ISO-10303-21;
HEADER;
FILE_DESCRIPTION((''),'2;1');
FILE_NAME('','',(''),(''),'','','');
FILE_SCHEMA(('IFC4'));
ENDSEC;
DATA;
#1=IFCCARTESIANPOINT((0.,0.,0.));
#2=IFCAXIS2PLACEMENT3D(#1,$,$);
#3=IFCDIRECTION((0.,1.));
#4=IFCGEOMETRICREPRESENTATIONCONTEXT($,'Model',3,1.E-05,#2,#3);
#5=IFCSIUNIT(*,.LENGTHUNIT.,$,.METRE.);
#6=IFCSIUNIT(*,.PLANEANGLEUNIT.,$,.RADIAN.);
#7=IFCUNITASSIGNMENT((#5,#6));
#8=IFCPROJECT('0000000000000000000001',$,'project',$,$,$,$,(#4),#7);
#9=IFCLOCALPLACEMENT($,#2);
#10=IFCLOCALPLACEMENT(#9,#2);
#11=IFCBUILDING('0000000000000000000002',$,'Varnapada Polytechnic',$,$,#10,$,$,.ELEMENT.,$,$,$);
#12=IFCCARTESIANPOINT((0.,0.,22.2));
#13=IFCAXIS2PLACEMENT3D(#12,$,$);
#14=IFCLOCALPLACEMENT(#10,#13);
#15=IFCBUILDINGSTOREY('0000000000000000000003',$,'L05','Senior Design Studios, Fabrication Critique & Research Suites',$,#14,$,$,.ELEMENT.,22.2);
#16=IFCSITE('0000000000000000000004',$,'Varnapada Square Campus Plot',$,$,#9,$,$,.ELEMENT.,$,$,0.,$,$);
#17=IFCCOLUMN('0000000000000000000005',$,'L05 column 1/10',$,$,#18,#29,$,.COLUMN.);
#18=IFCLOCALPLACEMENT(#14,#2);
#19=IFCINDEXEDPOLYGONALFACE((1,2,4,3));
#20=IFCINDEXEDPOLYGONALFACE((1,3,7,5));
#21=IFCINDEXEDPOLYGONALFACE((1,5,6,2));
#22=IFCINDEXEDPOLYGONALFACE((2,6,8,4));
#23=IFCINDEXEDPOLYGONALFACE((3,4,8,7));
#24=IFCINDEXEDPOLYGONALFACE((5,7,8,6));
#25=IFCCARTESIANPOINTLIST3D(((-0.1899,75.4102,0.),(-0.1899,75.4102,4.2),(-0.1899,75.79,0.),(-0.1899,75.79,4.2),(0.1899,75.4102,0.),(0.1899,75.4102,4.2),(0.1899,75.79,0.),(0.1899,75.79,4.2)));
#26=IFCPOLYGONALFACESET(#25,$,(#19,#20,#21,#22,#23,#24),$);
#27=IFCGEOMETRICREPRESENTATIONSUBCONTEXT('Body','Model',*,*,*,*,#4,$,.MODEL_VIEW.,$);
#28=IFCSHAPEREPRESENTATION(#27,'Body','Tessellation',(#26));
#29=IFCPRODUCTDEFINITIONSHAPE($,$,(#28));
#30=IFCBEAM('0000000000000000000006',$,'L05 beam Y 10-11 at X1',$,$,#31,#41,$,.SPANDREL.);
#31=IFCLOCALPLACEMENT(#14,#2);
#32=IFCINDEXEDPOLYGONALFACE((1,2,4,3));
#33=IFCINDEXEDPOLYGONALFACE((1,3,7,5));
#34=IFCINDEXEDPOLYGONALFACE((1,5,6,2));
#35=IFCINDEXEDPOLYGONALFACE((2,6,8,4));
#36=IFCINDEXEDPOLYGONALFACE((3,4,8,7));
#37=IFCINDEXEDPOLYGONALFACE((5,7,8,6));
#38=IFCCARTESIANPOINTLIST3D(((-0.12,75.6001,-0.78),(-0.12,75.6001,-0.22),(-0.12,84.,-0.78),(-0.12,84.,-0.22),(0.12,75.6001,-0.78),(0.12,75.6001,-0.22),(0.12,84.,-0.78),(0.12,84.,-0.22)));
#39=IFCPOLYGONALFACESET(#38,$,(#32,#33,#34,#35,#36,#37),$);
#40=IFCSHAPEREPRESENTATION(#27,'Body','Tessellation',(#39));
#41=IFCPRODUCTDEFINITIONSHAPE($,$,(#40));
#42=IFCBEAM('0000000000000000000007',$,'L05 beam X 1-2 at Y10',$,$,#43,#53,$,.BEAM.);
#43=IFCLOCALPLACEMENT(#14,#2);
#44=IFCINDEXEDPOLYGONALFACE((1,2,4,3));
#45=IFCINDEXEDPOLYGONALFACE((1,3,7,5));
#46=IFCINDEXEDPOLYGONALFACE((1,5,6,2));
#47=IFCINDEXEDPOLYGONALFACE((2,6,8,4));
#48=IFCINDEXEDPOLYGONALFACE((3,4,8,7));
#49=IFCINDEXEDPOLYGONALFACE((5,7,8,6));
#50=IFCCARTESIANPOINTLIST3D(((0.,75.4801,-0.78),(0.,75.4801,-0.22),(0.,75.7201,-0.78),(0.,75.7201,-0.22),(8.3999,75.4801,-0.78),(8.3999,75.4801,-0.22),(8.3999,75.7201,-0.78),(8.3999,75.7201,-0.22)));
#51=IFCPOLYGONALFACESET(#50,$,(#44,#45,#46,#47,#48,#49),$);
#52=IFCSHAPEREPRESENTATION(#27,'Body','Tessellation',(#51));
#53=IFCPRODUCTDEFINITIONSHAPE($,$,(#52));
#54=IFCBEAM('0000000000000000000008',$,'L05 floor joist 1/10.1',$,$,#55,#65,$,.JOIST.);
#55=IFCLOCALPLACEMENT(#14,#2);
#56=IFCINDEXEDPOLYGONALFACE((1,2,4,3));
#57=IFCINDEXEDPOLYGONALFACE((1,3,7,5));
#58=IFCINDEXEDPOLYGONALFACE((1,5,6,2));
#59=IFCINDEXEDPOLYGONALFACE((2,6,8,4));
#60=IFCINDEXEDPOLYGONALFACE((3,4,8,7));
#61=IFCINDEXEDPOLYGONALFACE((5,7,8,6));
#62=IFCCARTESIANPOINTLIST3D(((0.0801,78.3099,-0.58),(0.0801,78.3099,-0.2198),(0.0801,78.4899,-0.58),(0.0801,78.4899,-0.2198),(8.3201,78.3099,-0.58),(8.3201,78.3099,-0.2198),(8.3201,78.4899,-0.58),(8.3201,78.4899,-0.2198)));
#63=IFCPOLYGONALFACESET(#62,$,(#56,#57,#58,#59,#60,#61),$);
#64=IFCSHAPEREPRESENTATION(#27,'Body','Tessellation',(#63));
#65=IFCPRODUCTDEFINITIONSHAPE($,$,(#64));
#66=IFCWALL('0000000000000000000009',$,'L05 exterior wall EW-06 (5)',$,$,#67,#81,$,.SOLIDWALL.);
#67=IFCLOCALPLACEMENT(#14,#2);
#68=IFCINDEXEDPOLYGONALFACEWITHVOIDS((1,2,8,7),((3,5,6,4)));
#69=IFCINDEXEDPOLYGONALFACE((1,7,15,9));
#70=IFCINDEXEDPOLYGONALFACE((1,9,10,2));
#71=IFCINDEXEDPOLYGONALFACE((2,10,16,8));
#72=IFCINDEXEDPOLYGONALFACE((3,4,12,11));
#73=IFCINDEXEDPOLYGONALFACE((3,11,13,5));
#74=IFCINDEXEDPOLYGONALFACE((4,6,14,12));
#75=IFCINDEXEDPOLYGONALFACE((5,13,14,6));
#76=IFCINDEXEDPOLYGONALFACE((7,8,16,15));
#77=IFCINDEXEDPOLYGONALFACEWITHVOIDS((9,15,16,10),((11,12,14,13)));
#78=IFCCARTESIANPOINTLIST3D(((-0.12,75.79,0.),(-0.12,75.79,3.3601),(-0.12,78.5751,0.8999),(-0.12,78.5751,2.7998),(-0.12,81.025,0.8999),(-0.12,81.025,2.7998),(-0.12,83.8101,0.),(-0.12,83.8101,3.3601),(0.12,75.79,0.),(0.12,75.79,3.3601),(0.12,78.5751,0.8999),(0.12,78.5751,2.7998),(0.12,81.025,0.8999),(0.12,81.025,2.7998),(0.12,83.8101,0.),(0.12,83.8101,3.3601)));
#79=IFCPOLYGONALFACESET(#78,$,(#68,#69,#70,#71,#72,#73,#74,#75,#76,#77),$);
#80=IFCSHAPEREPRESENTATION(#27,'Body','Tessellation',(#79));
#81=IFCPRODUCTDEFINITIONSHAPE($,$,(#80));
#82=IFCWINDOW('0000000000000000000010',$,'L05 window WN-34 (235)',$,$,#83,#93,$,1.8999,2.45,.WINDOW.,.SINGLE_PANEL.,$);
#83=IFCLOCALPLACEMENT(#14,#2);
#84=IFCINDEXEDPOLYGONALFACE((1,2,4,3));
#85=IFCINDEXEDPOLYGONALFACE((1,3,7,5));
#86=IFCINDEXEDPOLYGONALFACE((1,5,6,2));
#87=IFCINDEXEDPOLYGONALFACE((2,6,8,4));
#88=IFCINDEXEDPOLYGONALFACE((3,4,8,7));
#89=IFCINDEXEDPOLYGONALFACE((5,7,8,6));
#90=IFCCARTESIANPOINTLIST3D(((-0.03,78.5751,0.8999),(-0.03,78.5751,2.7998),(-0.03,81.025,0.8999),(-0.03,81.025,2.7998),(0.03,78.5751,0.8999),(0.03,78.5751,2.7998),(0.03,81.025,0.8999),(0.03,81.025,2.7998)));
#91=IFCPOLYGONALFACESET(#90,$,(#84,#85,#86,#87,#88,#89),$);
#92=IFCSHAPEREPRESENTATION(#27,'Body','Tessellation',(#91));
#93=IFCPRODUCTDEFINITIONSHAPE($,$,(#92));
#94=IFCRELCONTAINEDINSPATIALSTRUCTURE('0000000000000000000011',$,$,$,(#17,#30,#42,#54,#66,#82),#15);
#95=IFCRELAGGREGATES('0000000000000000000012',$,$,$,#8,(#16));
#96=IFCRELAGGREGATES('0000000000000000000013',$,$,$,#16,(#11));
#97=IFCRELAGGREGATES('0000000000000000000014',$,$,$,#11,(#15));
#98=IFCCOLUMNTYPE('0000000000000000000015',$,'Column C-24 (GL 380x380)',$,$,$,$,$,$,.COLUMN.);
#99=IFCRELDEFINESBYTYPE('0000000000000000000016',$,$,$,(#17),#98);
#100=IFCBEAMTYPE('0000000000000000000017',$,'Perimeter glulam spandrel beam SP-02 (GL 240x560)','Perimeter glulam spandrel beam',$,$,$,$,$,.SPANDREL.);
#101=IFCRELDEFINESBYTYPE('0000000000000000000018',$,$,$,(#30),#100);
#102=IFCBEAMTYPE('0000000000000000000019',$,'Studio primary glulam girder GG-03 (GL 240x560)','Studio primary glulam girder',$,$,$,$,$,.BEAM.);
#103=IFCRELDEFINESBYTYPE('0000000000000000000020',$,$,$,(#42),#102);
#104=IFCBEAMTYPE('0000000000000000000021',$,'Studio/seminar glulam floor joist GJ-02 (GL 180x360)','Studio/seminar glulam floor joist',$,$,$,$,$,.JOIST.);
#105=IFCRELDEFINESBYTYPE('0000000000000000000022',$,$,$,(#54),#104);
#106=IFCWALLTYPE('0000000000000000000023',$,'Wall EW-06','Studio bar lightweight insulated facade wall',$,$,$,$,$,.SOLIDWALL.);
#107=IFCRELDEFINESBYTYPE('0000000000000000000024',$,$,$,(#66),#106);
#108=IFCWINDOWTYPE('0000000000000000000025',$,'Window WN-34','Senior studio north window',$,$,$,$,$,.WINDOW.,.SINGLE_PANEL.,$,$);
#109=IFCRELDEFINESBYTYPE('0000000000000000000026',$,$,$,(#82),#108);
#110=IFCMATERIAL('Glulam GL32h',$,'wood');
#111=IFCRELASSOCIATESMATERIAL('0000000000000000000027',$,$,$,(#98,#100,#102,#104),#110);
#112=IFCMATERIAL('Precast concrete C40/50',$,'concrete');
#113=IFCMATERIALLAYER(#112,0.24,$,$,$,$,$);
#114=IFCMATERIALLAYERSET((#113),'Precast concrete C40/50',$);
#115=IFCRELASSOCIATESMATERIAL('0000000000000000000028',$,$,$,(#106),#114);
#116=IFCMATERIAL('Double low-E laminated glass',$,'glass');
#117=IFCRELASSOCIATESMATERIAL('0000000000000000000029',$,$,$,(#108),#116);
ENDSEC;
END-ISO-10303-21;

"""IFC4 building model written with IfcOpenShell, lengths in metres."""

from ifc_helpers import new_model, si_unit, direction, frame, frame_2d, origin, origin_2d, place, context, subcontext, project, spatial, rectangle, extrude, material, layer, layer_set, material_profile, profile_set, type_object, element, fill, save


model = new_model("IFC4")

# Units and contexts
model_context = context("Model", 3, precision=1e-05, world=origin(), true_north=direction((0.0, 1.0)))
body_context = subcontext(model_context, "Body", "Model", "MODEL_VIEW")
ifc_project = project(units=[si_unit("LENGTHUNIT", "METRE"), si_unit("PLANEANGLEUNIT", "RADIAN")], contexts=[model_context])

# Site, building, storey
site_placement = place(None, origin())
site = spatial("IfcSite", under=ifc_project, at=site_placement, Name="Varnapada Square Campus Plot", CompositionType="ELEMENT", RefElevation=0.0)
building_placement = place(site_placement, origin())
building = spatial("IfcBuilding", under=site, at=building_placement, Name="Varnapada Polytechnic", CompositionType="ELEMENT")
storey_placement = place(building_placement, frame((0.0, 0.0, 22.2)))
storey = spatial("IfcBuildingStorey", under=building, at=storey_placement, Name="L05", Description="Senior Design Studios, Fabrication Critique & Research Suites", CompositionType="ELEMENT", Elevation=22.2)

# Column
ifc_material_1 = material(Name="Glulam GL32h", Category="wood")
ifc_material_profile_1 = material_profile(ifc_material_1, rectangle(XDim=0.3799, YDim=0.3799, at=origin_2d()), Name="GL 380x380")
ifc_profile_set_1 = profile_set([ifc_material_profile_1], Name="Glulam GL32h")
column_type = type_object("IfcColumnType", Name="Column C-24 (GL 380x380)", PredefinedType="COLUMN", material=ifc_profile_set_1)
column_placement = place(storey_placement, frame((0.0, 75.6001, 0.0), z_axis=(0.0, 0.0, 1.0), x_axis=(1.0, 0.0, 0.0)))
element("IfcColumn", 1, at=column_placement, inside=storey, type_object=column_type, Name="L05 column 1/10", PredefinedType="COLUMN", context=body_context, shape_type="SweptSolid", body=[
    extrude(rectangle(XDim=0.3799, YDim=0.3799, at=origin_2d()), origin(), (0.0, 0.0, 1.0), 4.2),
])

# Beams
ifc_material_profile_2 = material_profile(ifc_material_1, rectangle(XDim=0.24, YDim=0.5601, at=origin_2d()), Name="GL 240x560")
ifc_profile_set_2 = profile_set([ifc_material_profile_2], Name="Glulam GL32h")
beam_type_1 = type_object("IfcBeamType", Name="Perimeter glulam spandrel beam SP-02 (GL 240x560)", Description="Perimeter glulam spandrel beam", PredefinedType="SPANDREL", material=ifc_profile_set_2)
beam_1_placement = place(storey_placement, frame((0.0, 75.6001, -0.5), z_axis=(0.0, 1.0, 0.0), x_axis=(-1.0, 0.0, 0.0)))
element("IfcBeam", 2, at=beam_1_placement, inside=storey, type_object=beam_type_1, Name="L05 beam Y 10-11 at X1", PredefinedType="SPANDREL", context=body_context, shape_type="SweptSolid", body=[
    extrude(rectangle(XDim=0.24, YDim=0.5601, at=origin_2d()), origin(), (0.0, 0.0, 1.0), 8.3999),
])
ifc_material_profile_3 = material_profile(ifc_material_1, rectangle(XDim=0.24, YDim=0.5601, at=origin_2d()), Name="GL 240x560")
ifc_profile_set_3 = profile_set([ifc_material_profile_3], Name="Glulam GL32h")
beam_type_2 = type_object("IfcBeamType", Name="Studio primary glulam girder GG-03 (GL 240x560)", Description="Studio primary glulam girder", PredefinedType="BEAM", material=ifc_profile_set_3)
beam_2_placement = place(storey_placement, frame((0.0, 75.6001, -0.5), z_axis=(1.0, 0.0, 0.0), x_axis=(0.0, 1.0, 0.0)))
element("IfcBeam", 3, at=beam_2_placement, inside=storey, type_object=beam_type_2, Name="L05 beam X 1-2 at Y10", PredefinedType="BEAM", context=body_context, shape_type="SweptSolid", body=[
    extrude(rectangle(XDim=0.24, YDim=0.5601, at=origin_2d()), origin(), (0.0, 0.0, 1.0), 8.3999),
])
ifc_material_profile_4 = material_profile(ifc_material_1, rectangle(XDim=0.1799, YDim=0.3601, at=origin_2d()), Name="GL 180x360")
ifc_profile_set_4 = profile_set([ifc_material_profile_4], Name="Glulam GL32h")
beam_type_3 = type_object("IfcBeamType", Name="Studio/seminar glulam floor joist GJ-02 (GL 180x360)", Description="Studio/seminar glulam floor joist", PredefinedType="JOIST", material=ifc_profile_set_4)
beam_3_placement = place(storey_placement, frame((0.0801, 78.3999, -0.3999), z_axis=(1.0, 0.0, 0.0), x_axis=(0.0, 1.0, 0.0)))
element("IfcBeam", 4, at=beam_3_placement, inside=storey, type_object=beam_type_3, Name="L05 floor joist 1/10.1", PredefinedType="JOIST", context=body_context, shape_type="SweptSolid", body=[
    extrude(rectangle(XDim=0.1799, YDim=0.3601, at=origin_2d()), origin(), (0.0, 0.0, 1.0), 8.24),
])

# Wall, opening, window
ifc_material_2 = material(Name="Precast concrete C40/50", Category="concrete")
ifc_layer_1 = layer(ifc_material_2, 0.24)
ifc_layer_set_1 = layer_set([ifc_layer_1], Name="Precast concrete C40/50")
wall_type = type_object("IfcWallType", Name="Wall EW-06", Description="Studio bar lightweight insulated facade wall", PredefinedType="SOLIDWALL", material=ifc_layer_set_1)
wall_placement = place(storey_placement, frame((0.0, 75.79, 0.0), z_axis=(0.0, 0.0, 1.0), x_axis=(0.0, 1.0, 0.0)))
wall = element("IfcWall", 5, at=wall_placement, inside=storey, type_object=wall_type, Name="L05 exterior wall EW-06 (5)", PredefinedType="SOLIDWALL", context=body_context, shape_type="SweptSolid", body=[
    extrude(rectangle(XDim=8.02, YDim=0.24, at=frame_2d((4.01, 0.0))), origin(), (0.0, 0.0, 1.0), 3.3601),
])
opening_1_placement = place(wall_placement, frame((2.7849, 0.0, 0.8999)))
opening_1 = element("IfcOpeningElement", 6, at=opening_1_placement, cuts=wall, PredefinedType="OPENING", context=body_context, shape_type="SweptSolid", body=[
    extrude(rectangle(XDim=2.45, YDim=1.8999, at=frame_2d((1.2251, 0.95))), frame((0.0, 0.1299, 0.0), z_axis=(0.0, -1.0, 0.0), x_axis=(1.0, 0.0, 0.0)), (0.0, 0.0, 1.0), 0.26),
])
ifc_material_3 = material(Name="Double low-E laminated glass", Category="glass")
window_type = type_object("IfcWindowType", Name="Window WN-34", Description="Senior studio north window", PartitioningType="SINGLE_PANEL", PredefinedType="WINDOW", material=ifc_material_3)
window_placement = place(opening_1_placement, origin())
window = element("IfcWindow", 7, at=window_placement, inside=storey, type_object=window_type, Name="L05 window WN-34 (235)", OverallHeight=1.8999, OverallWidth=2.45, PartitioningType="SINGLE_PANEL", PredefinedType="WINDOW", context=body_context, shape_type="SweptSolid", body=[
    extrude(rectangle(XDim=2.45, YDim=1.8999, at=frame_2d((1.2251, 0.95))), frame((0.0, 0.03, 0.0), z_axis=(0.0, -1.0, 0.0), x_axis=(1.0, 0.0, 0.0)), (0.0, 0.0, 1.0), 0.0601),
])
fill(opening_1, window)

save(model, "model.ifc")
